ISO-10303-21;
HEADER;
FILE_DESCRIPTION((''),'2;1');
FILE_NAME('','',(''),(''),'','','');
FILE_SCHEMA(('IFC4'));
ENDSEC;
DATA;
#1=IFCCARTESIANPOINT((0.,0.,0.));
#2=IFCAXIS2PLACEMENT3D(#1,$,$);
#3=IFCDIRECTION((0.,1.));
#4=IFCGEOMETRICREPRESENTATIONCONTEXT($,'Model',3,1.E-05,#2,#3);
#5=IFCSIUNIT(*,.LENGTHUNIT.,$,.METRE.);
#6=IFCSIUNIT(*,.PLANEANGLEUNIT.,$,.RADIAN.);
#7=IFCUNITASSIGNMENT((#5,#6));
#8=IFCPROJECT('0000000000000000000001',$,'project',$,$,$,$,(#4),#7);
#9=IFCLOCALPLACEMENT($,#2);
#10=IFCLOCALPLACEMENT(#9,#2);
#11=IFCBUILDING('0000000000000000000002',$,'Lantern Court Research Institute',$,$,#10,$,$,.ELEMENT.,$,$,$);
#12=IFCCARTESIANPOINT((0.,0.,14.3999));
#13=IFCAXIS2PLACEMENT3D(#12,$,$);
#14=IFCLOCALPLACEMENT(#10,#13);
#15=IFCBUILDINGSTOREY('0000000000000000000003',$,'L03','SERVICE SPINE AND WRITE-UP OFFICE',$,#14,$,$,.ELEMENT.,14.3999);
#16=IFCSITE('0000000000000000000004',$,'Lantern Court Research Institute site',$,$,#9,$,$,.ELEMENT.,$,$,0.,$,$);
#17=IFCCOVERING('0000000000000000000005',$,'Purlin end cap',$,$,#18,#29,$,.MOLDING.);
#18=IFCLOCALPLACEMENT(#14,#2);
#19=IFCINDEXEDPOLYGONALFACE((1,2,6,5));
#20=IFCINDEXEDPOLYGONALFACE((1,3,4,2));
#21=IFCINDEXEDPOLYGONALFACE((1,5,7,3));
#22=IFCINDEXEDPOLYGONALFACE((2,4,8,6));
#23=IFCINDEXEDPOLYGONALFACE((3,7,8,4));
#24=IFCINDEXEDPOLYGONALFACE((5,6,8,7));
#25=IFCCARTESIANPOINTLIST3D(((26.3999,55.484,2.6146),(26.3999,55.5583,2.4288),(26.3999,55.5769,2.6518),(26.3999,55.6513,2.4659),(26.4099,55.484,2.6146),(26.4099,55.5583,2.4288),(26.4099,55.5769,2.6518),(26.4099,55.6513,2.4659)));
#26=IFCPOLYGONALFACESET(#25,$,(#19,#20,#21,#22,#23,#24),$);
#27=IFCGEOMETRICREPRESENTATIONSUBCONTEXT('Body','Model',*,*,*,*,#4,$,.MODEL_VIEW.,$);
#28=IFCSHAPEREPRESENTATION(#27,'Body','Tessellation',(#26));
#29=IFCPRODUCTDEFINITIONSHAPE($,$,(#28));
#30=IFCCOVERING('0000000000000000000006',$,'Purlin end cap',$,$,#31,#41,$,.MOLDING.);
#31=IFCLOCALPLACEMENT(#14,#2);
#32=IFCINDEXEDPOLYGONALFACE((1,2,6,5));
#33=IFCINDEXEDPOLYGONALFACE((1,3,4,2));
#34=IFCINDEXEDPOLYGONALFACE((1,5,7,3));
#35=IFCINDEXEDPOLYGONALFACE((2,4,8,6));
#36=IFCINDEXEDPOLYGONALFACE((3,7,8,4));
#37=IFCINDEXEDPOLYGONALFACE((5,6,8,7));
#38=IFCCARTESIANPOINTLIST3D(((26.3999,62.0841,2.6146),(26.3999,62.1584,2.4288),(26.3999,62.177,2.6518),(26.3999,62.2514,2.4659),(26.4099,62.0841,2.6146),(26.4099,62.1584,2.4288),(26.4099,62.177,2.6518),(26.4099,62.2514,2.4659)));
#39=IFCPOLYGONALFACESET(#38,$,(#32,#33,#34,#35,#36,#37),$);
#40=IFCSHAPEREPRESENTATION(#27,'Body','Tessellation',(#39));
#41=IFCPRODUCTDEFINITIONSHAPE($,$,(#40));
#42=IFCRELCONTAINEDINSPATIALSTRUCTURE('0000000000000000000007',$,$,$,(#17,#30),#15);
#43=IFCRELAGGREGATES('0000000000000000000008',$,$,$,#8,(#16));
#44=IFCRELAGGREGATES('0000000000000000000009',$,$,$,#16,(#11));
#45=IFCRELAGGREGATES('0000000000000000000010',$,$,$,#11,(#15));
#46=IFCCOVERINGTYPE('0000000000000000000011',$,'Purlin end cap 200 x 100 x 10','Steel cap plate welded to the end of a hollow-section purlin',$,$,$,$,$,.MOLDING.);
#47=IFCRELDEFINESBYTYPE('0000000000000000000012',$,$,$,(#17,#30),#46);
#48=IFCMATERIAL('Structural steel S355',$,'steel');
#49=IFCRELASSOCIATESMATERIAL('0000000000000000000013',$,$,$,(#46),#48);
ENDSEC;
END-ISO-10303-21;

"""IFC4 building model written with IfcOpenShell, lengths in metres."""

from ifc_helpers import new_model, si_unit, direction, frame, origin, place, context, subcontext, project, spatial, polyline, outline, extrude, material, material_profile, profile_set, type_object, element, save


model = new_model("IFC4")

# Units and contexts
model_context = context("Model", 3, precision=1e-05, world=origin(), true_north=direction((0.0, 1.0)))
body_context = subcontext(model_context, "Body", "Model", "MODEL_VIEW")
ifc_project = project(units=[si_unit("LENGTHUNIT", "METRE"), si_unit("PLANEANGLEUNIT", "RADIAN")], contexts=[model_context])

# Site, building, storey
site_placement = place(None, origin())
site = spatial("IfcSite", under=ifc_project, at=site_placement, Name="Lantern Court Research Institute site", CompositionType="ELEMENT", RefElevation=0.0)
building_placement = place(site_placement, origin())
building = spatial("IfcBuilding", under=site, at=building_placement, Name="Lantern Court Research Institute", CompositionType="ELEMENT")
storey_placement = place(building_placement, frame((0.0, 0.0, 14.3999)))
storey = spatial("IfcBuildingStorey", under=building, at=storey_placement, Name="L03", Description="SERVICE SPINE AND WRITE-UP OFFICE", CompositionType="ELEMENT", Elevation=14.3999)

# Coverings
ifc_material_1 = material(Name="Structural steel S355", Category="steel")
ifc_material_profile_1 = material_profile(ifc_material_1, outline(polyline([(-0.05, -0.1001), (0.05, -0.1001), (0.05, 0.1001), (-0.05, 0.1001), (-0.05, -0.1001)])), Name="Purlin end cap 200 x 100 x 10")
ifc_profile_set_1 = profile_set([ifc_material_profile_1], Name="Structural steel S355")
covering_type_1 = type_object("IfcCoveringType", Name="Purlin end cap 200 x 100 x 10", Description="Steel cap plate welded to the end of a hollow-section purlin", PredefinedType="MOLDING", material=ifc_profile_set_1)
for number, where, z_axis, x_axis, name in (
    (1, (26.3999, 55.5676, 2.5403), (1.0, 0.0, 0.0), (0.0, 0.928477, 0.371391), "Purlin end cap"),
    (2, (26.3999, 62.1677, 2.5403), (1.0, 0.0, 0.0), (0.0, 0.928477, 0.371391), "Purlin end cap"),
):
    element("IfcCovering", number, at=place(storey_placement, frame(where, z_axis=z_axis, x_axis=x_axis)), inside=storey, type_object=covering_type_1, Name=name, PredefinedType="MOLDING", context=body_context, shape_type="SweptSolid", body=[
        extrude(outline(polyline([(-0.05, -0.1001), (0.05, -0.1001), (0.05, 0.1001), (-0.05, 0.1001), (-0.05, -0.1001)])), origin(), (0.0, 0.0, 1.0), 0.01),
    ])

save(model, "model.ifc")
